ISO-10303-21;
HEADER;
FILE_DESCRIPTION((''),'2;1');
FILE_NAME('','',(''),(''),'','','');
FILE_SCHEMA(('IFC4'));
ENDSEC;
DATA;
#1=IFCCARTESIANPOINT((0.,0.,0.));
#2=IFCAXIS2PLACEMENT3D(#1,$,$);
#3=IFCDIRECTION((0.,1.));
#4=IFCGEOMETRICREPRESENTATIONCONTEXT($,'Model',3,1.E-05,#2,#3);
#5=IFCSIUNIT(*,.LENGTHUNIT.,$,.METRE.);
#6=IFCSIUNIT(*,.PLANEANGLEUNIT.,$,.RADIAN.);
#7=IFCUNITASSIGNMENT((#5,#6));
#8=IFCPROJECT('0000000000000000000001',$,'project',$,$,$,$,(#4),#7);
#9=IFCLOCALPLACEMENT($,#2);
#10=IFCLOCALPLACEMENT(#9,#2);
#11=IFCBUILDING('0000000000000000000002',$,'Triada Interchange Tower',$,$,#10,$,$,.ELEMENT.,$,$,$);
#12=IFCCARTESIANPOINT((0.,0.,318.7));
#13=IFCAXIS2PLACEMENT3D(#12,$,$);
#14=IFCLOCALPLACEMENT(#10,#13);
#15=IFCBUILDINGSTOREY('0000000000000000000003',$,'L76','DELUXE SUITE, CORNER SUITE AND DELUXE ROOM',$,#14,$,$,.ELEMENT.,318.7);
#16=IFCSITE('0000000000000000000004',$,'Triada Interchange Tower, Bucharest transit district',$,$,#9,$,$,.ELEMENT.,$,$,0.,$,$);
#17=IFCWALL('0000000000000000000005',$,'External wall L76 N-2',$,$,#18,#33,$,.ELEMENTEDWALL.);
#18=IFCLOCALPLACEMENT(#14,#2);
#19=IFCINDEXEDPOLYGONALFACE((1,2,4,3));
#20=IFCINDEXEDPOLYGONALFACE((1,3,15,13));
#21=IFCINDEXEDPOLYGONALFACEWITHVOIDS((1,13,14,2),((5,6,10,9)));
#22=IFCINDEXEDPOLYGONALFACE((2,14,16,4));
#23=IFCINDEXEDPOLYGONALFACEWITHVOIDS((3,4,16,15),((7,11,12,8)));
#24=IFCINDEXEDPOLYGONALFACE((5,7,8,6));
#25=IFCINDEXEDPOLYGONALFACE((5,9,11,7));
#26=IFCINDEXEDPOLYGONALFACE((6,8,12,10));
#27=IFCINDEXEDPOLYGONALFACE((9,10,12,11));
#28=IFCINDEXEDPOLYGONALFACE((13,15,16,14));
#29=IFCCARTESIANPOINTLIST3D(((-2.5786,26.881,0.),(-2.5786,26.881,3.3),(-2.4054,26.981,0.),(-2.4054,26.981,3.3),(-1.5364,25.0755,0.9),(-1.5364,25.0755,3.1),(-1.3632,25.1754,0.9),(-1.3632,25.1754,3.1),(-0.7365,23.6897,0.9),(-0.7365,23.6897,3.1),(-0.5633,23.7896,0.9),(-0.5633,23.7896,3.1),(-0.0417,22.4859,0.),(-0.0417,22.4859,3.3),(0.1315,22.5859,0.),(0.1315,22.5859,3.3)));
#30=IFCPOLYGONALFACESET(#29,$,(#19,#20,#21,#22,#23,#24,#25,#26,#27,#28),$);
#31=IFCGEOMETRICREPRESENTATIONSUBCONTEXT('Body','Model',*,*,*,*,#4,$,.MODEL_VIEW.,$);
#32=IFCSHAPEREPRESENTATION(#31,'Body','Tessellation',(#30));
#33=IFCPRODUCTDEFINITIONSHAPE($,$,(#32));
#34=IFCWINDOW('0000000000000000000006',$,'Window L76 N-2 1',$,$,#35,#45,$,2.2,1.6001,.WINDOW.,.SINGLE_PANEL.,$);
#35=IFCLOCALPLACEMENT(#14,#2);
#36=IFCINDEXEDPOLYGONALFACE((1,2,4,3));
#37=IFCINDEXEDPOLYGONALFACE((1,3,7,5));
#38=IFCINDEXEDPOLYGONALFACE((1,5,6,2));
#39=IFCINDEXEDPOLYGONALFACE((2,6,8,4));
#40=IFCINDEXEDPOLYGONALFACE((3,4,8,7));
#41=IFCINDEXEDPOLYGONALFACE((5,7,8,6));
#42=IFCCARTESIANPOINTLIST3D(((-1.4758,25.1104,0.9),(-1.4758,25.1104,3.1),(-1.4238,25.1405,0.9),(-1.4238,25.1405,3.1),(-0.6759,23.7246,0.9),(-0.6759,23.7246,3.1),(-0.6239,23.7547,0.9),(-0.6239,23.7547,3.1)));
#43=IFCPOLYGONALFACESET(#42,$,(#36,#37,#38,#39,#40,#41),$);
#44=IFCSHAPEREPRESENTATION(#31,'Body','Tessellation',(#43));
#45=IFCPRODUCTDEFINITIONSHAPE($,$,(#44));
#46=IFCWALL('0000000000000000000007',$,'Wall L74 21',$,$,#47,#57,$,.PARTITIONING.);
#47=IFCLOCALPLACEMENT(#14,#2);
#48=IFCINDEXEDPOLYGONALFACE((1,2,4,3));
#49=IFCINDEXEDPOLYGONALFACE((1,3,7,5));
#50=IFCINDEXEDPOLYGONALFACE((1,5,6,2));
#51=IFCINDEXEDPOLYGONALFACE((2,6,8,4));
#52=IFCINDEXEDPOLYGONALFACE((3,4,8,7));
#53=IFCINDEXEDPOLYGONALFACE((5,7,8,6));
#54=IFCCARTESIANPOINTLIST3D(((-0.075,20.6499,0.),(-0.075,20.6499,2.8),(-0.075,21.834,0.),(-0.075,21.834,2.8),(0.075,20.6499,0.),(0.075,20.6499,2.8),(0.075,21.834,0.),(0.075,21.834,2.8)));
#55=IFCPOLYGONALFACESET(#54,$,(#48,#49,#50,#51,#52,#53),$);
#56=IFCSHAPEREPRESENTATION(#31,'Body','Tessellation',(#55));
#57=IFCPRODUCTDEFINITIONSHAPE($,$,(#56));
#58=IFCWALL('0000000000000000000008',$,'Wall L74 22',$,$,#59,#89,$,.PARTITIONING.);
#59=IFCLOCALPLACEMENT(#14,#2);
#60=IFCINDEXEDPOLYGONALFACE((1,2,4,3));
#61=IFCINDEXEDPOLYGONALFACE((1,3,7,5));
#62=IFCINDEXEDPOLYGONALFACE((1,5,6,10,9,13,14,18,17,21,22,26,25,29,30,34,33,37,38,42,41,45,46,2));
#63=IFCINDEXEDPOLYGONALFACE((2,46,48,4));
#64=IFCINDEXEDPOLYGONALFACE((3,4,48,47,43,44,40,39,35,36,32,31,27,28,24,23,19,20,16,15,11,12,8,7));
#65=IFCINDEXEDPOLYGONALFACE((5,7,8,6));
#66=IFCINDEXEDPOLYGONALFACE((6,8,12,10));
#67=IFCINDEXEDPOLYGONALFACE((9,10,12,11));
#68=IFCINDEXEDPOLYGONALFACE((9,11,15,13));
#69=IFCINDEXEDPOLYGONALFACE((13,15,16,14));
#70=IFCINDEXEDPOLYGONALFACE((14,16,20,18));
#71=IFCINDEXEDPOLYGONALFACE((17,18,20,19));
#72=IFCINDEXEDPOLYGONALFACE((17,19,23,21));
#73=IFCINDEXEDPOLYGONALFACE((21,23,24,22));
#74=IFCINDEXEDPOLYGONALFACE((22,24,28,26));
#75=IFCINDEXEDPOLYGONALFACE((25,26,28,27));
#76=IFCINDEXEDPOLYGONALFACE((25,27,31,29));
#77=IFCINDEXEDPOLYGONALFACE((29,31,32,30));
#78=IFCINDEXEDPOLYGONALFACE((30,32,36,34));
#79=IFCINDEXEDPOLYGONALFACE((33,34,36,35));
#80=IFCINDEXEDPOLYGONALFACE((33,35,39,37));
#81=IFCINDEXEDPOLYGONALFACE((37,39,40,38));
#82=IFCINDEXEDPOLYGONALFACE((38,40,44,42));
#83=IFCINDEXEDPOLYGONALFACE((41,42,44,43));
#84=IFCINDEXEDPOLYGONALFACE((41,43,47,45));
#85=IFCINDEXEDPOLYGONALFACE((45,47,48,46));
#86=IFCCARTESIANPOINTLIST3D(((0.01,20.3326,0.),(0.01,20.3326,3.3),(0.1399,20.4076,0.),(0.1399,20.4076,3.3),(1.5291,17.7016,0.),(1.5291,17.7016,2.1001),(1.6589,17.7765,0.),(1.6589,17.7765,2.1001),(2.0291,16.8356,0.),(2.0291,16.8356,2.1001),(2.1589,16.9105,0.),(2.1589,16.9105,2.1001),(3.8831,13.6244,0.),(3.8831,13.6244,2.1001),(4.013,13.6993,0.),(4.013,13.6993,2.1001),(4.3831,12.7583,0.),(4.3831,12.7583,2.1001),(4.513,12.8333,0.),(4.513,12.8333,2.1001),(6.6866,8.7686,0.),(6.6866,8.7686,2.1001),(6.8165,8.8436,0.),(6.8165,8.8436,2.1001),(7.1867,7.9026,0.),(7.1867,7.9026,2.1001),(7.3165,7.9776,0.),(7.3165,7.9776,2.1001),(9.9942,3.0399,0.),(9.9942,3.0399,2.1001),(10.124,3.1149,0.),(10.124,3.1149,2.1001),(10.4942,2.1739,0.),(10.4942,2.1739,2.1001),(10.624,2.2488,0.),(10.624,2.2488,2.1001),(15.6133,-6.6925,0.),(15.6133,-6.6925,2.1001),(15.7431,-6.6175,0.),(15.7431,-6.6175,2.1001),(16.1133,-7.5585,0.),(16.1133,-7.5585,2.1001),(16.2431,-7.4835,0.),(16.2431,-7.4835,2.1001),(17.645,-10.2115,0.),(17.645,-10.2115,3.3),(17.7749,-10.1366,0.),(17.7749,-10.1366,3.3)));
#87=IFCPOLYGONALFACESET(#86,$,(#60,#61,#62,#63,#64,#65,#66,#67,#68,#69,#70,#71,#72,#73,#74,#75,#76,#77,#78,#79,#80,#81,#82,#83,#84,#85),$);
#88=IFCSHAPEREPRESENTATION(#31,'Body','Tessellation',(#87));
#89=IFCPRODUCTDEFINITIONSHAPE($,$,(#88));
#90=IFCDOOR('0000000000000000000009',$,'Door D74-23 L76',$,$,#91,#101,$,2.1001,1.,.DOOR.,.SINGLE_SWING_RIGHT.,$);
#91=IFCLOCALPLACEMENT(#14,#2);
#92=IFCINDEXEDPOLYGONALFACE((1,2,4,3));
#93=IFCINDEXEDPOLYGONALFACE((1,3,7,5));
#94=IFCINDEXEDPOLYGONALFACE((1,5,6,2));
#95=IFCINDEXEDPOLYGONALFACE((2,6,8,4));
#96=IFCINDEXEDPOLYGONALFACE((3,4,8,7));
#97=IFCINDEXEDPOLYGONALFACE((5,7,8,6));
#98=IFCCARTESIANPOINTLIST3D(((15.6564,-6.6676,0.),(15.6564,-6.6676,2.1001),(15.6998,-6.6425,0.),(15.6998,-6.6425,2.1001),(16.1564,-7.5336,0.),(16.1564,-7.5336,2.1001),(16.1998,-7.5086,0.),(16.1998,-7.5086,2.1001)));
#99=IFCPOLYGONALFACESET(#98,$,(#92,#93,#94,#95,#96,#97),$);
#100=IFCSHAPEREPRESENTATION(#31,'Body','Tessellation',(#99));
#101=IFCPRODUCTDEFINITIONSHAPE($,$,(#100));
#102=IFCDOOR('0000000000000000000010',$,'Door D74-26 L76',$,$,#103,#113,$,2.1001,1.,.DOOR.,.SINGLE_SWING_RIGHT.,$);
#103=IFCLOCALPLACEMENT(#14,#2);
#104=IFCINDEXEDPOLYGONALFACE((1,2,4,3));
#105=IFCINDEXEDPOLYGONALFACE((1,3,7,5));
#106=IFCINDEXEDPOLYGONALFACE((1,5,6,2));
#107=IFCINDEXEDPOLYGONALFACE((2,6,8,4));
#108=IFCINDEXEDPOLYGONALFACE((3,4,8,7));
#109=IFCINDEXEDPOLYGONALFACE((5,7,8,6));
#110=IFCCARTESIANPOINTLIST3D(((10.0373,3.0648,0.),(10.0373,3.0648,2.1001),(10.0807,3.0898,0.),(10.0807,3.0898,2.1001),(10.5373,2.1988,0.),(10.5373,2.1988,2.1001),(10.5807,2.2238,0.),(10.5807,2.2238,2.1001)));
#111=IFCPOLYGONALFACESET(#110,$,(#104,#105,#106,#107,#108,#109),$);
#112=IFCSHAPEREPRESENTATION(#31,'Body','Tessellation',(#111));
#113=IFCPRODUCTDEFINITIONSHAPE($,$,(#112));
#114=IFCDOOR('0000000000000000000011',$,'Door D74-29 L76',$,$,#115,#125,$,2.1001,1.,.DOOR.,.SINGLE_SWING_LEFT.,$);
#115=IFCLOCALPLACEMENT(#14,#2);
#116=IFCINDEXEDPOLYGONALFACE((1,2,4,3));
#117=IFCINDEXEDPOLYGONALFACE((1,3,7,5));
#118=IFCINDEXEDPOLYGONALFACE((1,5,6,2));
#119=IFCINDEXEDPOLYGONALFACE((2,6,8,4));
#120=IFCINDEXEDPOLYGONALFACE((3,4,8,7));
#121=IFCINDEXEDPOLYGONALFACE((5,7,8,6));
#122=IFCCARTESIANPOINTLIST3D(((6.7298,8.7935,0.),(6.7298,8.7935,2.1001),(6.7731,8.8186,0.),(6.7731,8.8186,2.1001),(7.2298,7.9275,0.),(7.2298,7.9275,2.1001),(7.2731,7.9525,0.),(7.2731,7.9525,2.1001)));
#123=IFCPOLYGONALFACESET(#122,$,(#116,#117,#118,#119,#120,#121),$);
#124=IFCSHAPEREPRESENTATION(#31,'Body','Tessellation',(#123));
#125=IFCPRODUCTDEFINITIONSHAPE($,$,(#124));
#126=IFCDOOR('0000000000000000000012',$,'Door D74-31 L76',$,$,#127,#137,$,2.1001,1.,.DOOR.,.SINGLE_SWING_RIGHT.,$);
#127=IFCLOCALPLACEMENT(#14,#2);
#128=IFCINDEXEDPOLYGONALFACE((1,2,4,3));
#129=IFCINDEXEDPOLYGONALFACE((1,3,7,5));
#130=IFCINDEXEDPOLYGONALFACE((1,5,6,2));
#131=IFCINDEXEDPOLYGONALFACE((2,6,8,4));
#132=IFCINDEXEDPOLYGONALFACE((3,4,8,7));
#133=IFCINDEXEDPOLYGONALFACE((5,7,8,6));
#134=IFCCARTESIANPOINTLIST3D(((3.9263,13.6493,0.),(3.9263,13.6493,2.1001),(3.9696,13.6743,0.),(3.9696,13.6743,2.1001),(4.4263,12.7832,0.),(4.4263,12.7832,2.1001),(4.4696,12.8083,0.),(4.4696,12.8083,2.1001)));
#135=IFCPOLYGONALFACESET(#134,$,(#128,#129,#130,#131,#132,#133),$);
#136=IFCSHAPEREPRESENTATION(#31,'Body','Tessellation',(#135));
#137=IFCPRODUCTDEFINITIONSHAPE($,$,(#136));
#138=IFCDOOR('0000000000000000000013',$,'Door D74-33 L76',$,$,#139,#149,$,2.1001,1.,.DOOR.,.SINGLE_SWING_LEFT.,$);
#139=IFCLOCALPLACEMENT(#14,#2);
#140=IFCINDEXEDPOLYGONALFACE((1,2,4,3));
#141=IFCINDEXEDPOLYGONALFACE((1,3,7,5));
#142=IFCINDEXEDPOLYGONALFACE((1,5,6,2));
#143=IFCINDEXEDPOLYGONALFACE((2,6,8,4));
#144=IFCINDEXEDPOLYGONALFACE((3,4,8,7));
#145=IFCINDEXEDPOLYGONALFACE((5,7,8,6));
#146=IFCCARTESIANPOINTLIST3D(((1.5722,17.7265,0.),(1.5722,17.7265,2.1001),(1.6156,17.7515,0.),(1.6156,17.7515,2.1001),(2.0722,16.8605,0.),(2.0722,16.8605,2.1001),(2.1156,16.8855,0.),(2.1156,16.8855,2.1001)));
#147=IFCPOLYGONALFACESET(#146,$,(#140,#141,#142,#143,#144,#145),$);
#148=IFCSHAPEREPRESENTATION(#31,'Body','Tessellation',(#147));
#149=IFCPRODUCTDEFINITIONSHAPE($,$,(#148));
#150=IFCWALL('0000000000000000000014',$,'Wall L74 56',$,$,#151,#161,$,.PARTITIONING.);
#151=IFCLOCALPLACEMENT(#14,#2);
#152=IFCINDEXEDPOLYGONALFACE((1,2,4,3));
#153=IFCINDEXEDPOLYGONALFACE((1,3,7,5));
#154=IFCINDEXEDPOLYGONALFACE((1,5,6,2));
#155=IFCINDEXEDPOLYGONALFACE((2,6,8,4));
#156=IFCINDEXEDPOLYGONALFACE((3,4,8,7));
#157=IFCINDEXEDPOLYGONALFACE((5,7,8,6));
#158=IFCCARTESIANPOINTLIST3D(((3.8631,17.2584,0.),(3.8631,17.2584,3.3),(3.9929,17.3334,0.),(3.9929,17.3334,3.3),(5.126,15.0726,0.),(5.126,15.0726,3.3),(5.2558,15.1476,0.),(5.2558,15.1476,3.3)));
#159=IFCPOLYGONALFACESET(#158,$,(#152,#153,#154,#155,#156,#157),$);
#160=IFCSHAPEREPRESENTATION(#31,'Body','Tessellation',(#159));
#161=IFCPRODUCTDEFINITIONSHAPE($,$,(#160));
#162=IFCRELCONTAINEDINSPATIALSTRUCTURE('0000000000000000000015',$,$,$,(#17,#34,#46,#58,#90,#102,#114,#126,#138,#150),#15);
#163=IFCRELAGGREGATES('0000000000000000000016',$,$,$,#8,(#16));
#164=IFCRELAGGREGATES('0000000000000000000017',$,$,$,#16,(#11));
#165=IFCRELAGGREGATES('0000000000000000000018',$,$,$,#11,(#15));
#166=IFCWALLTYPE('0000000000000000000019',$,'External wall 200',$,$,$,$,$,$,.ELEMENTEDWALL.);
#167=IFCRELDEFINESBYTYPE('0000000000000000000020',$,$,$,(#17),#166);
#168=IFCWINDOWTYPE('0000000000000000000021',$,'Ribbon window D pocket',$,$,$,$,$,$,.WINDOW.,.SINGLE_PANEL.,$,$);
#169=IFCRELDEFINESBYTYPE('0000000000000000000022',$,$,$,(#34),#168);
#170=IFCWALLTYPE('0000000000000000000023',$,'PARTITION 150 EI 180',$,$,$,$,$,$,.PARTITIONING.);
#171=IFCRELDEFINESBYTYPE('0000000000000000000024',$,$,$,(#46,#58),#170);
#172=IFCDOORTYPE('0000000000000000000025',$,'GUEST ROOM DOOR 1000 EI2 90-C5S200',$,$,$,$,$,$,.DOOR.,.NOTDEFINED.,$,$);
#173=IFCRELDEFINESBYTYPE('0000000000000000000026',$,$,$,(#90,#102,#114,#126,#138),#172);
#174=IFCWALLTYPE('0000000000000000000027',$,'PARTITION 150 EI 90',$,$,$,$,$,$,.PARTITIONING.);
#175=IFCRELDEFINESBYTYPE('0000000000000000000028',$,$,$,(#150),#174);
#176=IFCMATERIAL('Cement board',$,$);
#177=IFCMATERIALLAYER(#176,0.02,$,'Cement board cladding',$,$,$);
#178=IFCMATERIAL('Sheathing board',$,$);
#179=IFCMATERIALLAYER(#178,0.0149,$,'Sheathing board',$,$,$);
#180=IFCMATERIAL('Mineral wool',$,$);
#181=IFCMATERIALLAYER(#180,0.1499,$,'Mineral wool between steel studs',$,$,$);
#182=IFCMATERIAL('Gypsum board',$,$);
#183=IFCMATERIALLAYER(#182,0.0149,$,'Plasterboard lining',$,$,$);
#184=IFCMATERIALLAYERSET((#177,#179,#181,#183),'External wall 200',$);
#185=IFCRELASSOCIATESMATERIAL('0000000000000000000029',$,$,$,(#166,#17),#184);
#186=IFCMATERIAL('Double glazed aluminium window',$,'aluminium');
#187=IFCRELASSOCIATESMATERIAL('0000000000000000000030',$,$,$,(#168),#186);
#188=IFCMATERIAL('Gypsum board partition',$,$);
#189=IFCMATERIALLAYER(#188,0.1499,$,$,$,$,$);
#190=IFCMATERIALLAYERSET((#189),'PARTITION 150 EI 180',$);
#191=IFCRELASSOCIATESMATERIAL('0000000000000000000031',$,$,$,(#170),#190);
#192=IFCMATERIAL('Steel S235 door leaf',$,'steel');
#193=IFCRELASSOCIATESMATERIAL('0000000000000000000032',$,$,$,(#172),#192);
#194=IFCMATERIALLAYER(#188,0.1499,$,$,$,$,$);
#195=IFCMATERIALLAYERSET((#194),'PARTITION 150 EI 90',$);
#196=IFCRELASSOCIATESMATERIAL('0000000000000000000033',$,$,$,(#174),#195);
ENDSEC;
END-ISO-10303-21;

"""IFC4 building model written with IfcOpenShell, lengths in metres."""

from ifc_helpers import new_model, si_unit, direction, frame, frame_2d, origin, place, context, subcontext, project, spatial, rectangle, extrude, material, layer, layer_set, layer_usage, type_object, element, fill, save


model = new_model("IFC4")

# Units and contexts
model_context = context("Model", 3, precision=1e-05, world=origin(), true_north=direction((0.0, 1.0)))
body_context = subcontext(model_context, "Body", "Model", "MODEL_VIEW")
ifc_project = project(units=[si_unit("LENGTHUNIT", "METRE"), si_unit("PLANEANGLEUNIT", "RADIAN")], contexts=[model_context])

# Site, building, storey
site_placement = place(None, origin())
site = spatial("IfcSite", under=ifc_project, at=site_placement, Name="Triada Interchange Tower, Bucharest transit district", CompositionType="ELEMENT", RefElevation=0.0)
building_placement = place(site_placement, origin())
building = spatial("IfcBuilding", under=site, at=building_placement, Name="Triada Interchange Tower", CompositionType="ELEMENT")
storey_placement = place(building_placement, frame((0.0, 0.0, 318.7)))
storey = spatial("IfcBuildingStorey", under=building, at=storey_placement, Name="L76", Description="DELUXE SUITE, CORNER SUITE AND DELUXE ROOM", CompositionType="ELEMENT", Elevation=318.7)

# Wall, opening, window
ifc_material_1 = material(Name="Cement board")
ifc_layer_1 = layer(ifc_material_1, 0.02, Name="Cement board cladding")
ifc_material_2 = material(Name="Sheathing board")
ifc_layer_2 = layer(ifc_material_2, 0.0149, Name="Sheathing board")
ifc_material_3 = material(Name="Mineral wool")
ifc_layer_3 = layer(ifc_material_3, 0.1499, Name="Mineral wool between steel studs")
ifc_material_4 = material(Name="Gypsum board")
ifc_layer_4 = layer(ifc_material_4, 0.0149, Name="Plasterboard lining")
ifc_layer_set_1 = layer_set([ifc_layer_1, ifc_layer_2, ifc_layer_3, ifc_layer_4], Name="External wall 200")
ifc_layer_usage = layer_usage(ifc_layer_set_1, "AXIS2", "POSITIVE", -0.1001)
wall_type_1 = type_object("IfcWallType", Name="External wall 200", PredefinedType="ELEMENTEDWALL", material=ifc_layer_set_1)
ifc_material_5 = material(Name="Double glazed aluminium window", Category="aluminium")
window_type = type_object("IfcWindowType", Name="Ribbon window D pocket", PartitioningType="SINGLE_PANEL", PredefinedType="WINDOW", material=ifc_material_5)
wall_1_placement = place(storey_placement, frame((0.0449, 22.5359, 0.0), z_axis=(0.0, 0.0, 1.0), x_axis=(-0.499911, 0.866077, 0.0)))
wall_1 = element("IfcWall", 1, at=wall_1_placement, inside=storey, type_object=wall_type_1, material=ifc_layer_usage, Name="External wall L76 N-2", PredefinedType="ELEMENTEDWALL", context=body_context, shape_type="SweptSolid", body=[
    extrude(rectangle(XDim=5.0747, YDim=0.2, at=frame_2d((2.5374, 0.0))), origin(), (0.0, 0.0, 1.0), 3.3),
])
opening_1_placement = place(wall_1_placement, frame((1.3899, 0.0, 0.8999)))
opening_1 = element("IfcOpeningElement", 2, at=opening_1_placement, cuts=wall_1, PredefinedType="OPENING", context=body_context, shape_type="SweptSolid", body=[
    extrude(rectangle(XDim=1.6001, YDim=2.2, at=frame_2d((0.8, 1.1001))), frame((0.0, 0.1099, 0.0), z_axis=(0.0, -1.0, 0.0), x_axis=(1.0, 0.0, 0.0)), (0.0, 0.0, 1.0), 0.22),
])
window_1_placement = place(opening_1_placement, origin())
window_1 = element("IfcWindow", 3, at=window_1_placement, inside=storey, type_object=window_type, Name="Window L76 N-2 1", OverallHeight=2.2, OverallWidth=1.6001, PartitioningType="SINGLE_PANEL", PredefinedType="WINDOW", context=body_context, shape_type="SweptSolid", body=[
    extrude(rectangle(XDim=1.6001, YDim=2.2, at=frame_2d((0.8, 1.1001))), frame((0.0, 0.03, 0.0), z_axis=(0.0, -1.0, 0.0), x_axis=(1.0, 0.0, 0.0)), (0.0, 0.0, 1.0), 0.0601),
])
fill(opening_1, window_1)

# Wall
ifc_material_6 = material(Name="Gypsum board partition")
ifc_layer_5 = layer(ifc_material_6, 0.1499)
ifc_layer_set_2 = layer_set([ifc_layer_5], Name="PARTITION 150 EI 180")
wall_type_2 = type_object("IfcWallType", Name="PARTITION 150 EI 180", PredefinedType="PARTITIONING", material=ifc_layer_set_2)
wall_2_placement = place(storey_placement, frame((0.0, 20.6499, 0.0), z_axis=(0.0, 0.0, 1.0), x_axis=(0.0, 1.0, 0.0)))
element("IfcWall", 4, at=wall_2_placement, inside=storey, type_object=wall_type_2, Name="Wall L74 21", PredefinedType="PARTITIONING", context=body_context, shape_type="SweptSolid", body=[
    extrude(rectangle(XDim=1.1841, YDim=0.1499, at=frame_2d((0.592, 0.0))), origin(), (0.0, 0.0, 1.0), 2.8),
])

# Wall, openings, doors
wall_3_placement = place(storey_placement, frame((0.075, 20.3701, 0.0), z_axis=(0.0, 0.0, 1.0), x_axis=(0.500007, -0.866022, 0.0)))
wall_3 = element("IfcWall", 5, at=wall_3_placement, inside=storey, type_object=wall_type_2, Name="Wall L74 22", PredefinedType="PARTITIONING", context=body_context, shape_type="SweptSolid", body=[
    extrude(rectangle(XDim=35.2695, YDim=0.1499, at=frame_2d((17.6348, 0.0))), origin(), (0.0, 0.0, 1.0), 3.3),
])
opening_2_placement = place(wall_3_placement, frame((31.2061, 0.0, 0.0)))
opening_2 = element("IfcOpeningElement", 6, at=opening_2_placement, cuts=wall_3, PredefinedType="OPENING", context=body_context, shape_type="SweptSolid", body=[
    extrude(rectangle(XDim=1.0, YDim=2.1001, at=frame_2d((0.5, 1.05))), frame((0.0, 0.085, 0.0), z_axis=(0.0, -1.0, 0.0), x_axis=(1.0, 0.0, 0.0)), (0.0, 0.0, 1.0), 0.1699),
])
opening_3_placement = place(wall_3_placement, frame((19.968, 0.0, 0.0)))
opening_3 = element("IfcOpeningElement", 7, at=opening_3_placement, cuts=wall_3, PredefinedType="OPENING", context=body_context, shape_type="SweptSolid", body=[
    extrude(rectangle(XDim=1.0, YDim=2.1001, at=frame_2d((0.5, 1.05))), frame((0.0, 0.085, 0.0), z_axis=(0.0, -1.0, 0.0), x_axis=(1.0, 0.0, 0.0)), (0.0, 0.0, 1.0), 0.1699),
])
opening_4_placement = place(wall_3_placement, frame((13.353, 0.0, 0.0)))
opening_4 = element("IfcOpeningElement", 8, at=opening_4_placement, cuts=wall_3, PredefinedType="OPENING", context=body_context, shape_type="SweptSolid", body=[
    extrude(rectangle(XDim=1.0, YDim=2.1001, at=frame_2d((0.5, 1.05))), frame((0.0, 0.085, 0.0), z_axis=(0.0, -1.0, 0.0), x_axis=(1.0, 0.0, 0.0)), (0.0, 0.0, 1.0), 0.1699),
])
opening_5_placement = place(wall_3_placement, frame((7.7461, 0.0, 0.0)))
opening_5 = element("IfcOpeningElement", 9, at=opening_5_placement, cuts=wall_3, PredefinedType="OPENING", context=body_context, shape_type="SweptSolid", body=[
    extrude(rectangle(XDim=1.0, YDim=2.1001, at=frame_2d((0.5, 1.05))), frame((0.0, 0.085, 0.0), z_axis=(0.0, -1.0, 0.0), x_axis=(1.0, 0.0, 0.0)), (0.0, 0.0, 1.0), 0.1699),
])
opening_6_placement = place(wall_3_placement, frame((3.0381, 0.0, 0.0)))
opening_6 = element("IfcOpeningElement", 10, at=opening_6_placement, cuts=wall_3, PredefinedType="OPENING", context=body_context, shape_type="SweptSolid", body=[
    extrude(rectangle(XDim=1.0, YDim=2.1001, at=frame_2d((0.5, 1.05))), frame((0.0, 0.085, 0.0), z_axis=(0.0, -1.0, 0.0), x_axis=(1.0, 0.0, 0.0)), (0.0, 0.0, 1.0), 0.1699),
])
ifc_material_7 = material(Name="Steel S235 door leaf", Category="steel")
door_type_1 = type_object("IfcDoorType", Name="GUEST ROOM DOOR 1000 EI2 90-C5S200", OperationType="NOTDEFINED", PredefinedType="DOOR", material=ifc_material_7)
door_1_placement = place(opening_2_placement, origin())
door_1 = element("IfcDoor", 11, at=door_1_placement, inside=storey, type_object=door_type_1, Name="Door D74-23 L76", OperationType="SINGLE_SWING_RIGHT", OverallHeight=2.1001, OverallWidth=1.0, PredefinedType="DOOR", context=body_context, shape_type="SweptSolid", body=[
    extrude(rectangle(XDim=1.0, YDim=2.1001, at=frame_2d((0.5, 1.05))), frame((0.0, 0.0249, 0.0), z_axis=(0.0, -1.0, 0.0), x_axis=(1.0, 0.0, 0.0)), (0.0, 0.0, 1.0), 0.05),
])
fill(opening_2, door_1)
door_2_placement = place(opening_3_placement, origin())
door_2 = element("IfcDoor", 12, at=door_2_placement, inside=storey, type_object=door_type_1, Name="Door D74-26 L76", OperationType="SINGLE_SWING_RIGHT", OverallHeight=2.1001, OverallWidth=1.0, PredefinedType="DOOR", context=body_context, shape_type="SweptSolid", body=[
    extrude(rectangle(XDim=1.0, YDim=2.1001, at=frame_2d((0.5, 1.05))), frame((0.0, 0.0249, 0.0), z_axis=(0.0, -1.0, 0.0), x_axis=(1.0, 0.0, 0.0)), (0.0, 0.0, 1.0), 0.05),
])
fill(opening_3, door_2)
door_3_placement = place(opening_4_placement, origin())
door_3 = element("IfcDoor", 13, at=door_3_placement, inside=storey, type_object=door_type_1, Name="Door D74-29 L76", OperationType="SINGLE_SWING_LEFT", OverallHeight=2.1001, OverallWidth=1.0, PredefinedType="DOOR", context=body_context, shape_type="SweptSolid", body=[
    extrude(rectangle(XDim=1.0, YDim=2.1001, at=frame_2d((0.5, 1.05))), frame((0.0, 0.0249, 0.0), z_axis=(0.0, -1.0, 0.0), x_axis=(1.0, 0.0, 0.0)), (0.0, 0.0, 1.0), 0.05),
])
fill(opening_4, door_3)
door_4_placement = place(opening_5_placement, origin())
door_4 = element("IfcDoor", 14, at=door_4_placement, inside=storey, type_object=door_type_1, Name="Door D74-31 L76", OperationType="SINGLE_SWING_RIGHT", OverallHeight=2.1001, OverallWidth=1.0, PredefinedType="DOOR", context=body_context, shape_type="SweptSolid", body=[
    extrude(rectangle(XDim=1.0, YDim=2.1001, at=frame_2d((0.5, 1.05))), frame((0.0, 0.0249, 0.0), z_axis=(0.0, -1.0, 0.0), x_axis=(1.0, 0.0, 0.0)), (0.0, 0.0, 1.0), 0.05),
])
fill(opening_5, door_4)
door_5_placement = place(opening_6_placement, origin())
door_5 = element("IfcDoor", 15, at=door_5_placement, inside=storey, type_object=door_type_1, Name="Door D74-33 L76", OperationType="SINGLE_SWING_LEFT", OverallHeight=2.1001, OverallWidth=1.0, PredefinedType="DOOR", context=body_context, shape_type="SweptSolid", body=[
    extrude(rectangle(XDim=1.0, YDim=2.1001, at=frame_2d((0.5, 1.05))), frame((0.0, 0.0249, 0.0), z_axis=(0.0, -1.0, 0.0), x_axis=(1.0, 0.0, 0.0)), (0.0, 0.0, 1.0), 0.05),
])
fill(opening_6, door_5)

# Wall
ifc_layer_6 = layer(ifc_material_6, 0.1499)
ifc_layer_set_3 = layer_set([ifc_layer_6], Name="PARTITION 150 EI 90")
wall_type_3 = type_object("IfcWallType", Name="PARTITION 150 EI 90", PredefinedType="PARTITIONING", material=ifc_layer_set_3)
wall_4_placement = place(storey_placement, frame((3.928, 17.2959, 0.0), z_axis=(0.0, 0.0, 1.0), x_axis=(0.500289, -0.865859, 0.0)))
element("IfcWall", 16, at=wall_4_placement, inside=storey, type_object=wall_type_3, Name="Wall L74 56", PredefinedType="PARTITIONING", context=body_context, shape_type="SweptSolid", body=[
    extrude(rectangle(XDim=2.5244, YDim=0.1499, at=frame_2d((1.2622, 0.0))), origin(), (0.0, 0.0, 1.0), 3.3),
])

save(model, "model.ifc")
